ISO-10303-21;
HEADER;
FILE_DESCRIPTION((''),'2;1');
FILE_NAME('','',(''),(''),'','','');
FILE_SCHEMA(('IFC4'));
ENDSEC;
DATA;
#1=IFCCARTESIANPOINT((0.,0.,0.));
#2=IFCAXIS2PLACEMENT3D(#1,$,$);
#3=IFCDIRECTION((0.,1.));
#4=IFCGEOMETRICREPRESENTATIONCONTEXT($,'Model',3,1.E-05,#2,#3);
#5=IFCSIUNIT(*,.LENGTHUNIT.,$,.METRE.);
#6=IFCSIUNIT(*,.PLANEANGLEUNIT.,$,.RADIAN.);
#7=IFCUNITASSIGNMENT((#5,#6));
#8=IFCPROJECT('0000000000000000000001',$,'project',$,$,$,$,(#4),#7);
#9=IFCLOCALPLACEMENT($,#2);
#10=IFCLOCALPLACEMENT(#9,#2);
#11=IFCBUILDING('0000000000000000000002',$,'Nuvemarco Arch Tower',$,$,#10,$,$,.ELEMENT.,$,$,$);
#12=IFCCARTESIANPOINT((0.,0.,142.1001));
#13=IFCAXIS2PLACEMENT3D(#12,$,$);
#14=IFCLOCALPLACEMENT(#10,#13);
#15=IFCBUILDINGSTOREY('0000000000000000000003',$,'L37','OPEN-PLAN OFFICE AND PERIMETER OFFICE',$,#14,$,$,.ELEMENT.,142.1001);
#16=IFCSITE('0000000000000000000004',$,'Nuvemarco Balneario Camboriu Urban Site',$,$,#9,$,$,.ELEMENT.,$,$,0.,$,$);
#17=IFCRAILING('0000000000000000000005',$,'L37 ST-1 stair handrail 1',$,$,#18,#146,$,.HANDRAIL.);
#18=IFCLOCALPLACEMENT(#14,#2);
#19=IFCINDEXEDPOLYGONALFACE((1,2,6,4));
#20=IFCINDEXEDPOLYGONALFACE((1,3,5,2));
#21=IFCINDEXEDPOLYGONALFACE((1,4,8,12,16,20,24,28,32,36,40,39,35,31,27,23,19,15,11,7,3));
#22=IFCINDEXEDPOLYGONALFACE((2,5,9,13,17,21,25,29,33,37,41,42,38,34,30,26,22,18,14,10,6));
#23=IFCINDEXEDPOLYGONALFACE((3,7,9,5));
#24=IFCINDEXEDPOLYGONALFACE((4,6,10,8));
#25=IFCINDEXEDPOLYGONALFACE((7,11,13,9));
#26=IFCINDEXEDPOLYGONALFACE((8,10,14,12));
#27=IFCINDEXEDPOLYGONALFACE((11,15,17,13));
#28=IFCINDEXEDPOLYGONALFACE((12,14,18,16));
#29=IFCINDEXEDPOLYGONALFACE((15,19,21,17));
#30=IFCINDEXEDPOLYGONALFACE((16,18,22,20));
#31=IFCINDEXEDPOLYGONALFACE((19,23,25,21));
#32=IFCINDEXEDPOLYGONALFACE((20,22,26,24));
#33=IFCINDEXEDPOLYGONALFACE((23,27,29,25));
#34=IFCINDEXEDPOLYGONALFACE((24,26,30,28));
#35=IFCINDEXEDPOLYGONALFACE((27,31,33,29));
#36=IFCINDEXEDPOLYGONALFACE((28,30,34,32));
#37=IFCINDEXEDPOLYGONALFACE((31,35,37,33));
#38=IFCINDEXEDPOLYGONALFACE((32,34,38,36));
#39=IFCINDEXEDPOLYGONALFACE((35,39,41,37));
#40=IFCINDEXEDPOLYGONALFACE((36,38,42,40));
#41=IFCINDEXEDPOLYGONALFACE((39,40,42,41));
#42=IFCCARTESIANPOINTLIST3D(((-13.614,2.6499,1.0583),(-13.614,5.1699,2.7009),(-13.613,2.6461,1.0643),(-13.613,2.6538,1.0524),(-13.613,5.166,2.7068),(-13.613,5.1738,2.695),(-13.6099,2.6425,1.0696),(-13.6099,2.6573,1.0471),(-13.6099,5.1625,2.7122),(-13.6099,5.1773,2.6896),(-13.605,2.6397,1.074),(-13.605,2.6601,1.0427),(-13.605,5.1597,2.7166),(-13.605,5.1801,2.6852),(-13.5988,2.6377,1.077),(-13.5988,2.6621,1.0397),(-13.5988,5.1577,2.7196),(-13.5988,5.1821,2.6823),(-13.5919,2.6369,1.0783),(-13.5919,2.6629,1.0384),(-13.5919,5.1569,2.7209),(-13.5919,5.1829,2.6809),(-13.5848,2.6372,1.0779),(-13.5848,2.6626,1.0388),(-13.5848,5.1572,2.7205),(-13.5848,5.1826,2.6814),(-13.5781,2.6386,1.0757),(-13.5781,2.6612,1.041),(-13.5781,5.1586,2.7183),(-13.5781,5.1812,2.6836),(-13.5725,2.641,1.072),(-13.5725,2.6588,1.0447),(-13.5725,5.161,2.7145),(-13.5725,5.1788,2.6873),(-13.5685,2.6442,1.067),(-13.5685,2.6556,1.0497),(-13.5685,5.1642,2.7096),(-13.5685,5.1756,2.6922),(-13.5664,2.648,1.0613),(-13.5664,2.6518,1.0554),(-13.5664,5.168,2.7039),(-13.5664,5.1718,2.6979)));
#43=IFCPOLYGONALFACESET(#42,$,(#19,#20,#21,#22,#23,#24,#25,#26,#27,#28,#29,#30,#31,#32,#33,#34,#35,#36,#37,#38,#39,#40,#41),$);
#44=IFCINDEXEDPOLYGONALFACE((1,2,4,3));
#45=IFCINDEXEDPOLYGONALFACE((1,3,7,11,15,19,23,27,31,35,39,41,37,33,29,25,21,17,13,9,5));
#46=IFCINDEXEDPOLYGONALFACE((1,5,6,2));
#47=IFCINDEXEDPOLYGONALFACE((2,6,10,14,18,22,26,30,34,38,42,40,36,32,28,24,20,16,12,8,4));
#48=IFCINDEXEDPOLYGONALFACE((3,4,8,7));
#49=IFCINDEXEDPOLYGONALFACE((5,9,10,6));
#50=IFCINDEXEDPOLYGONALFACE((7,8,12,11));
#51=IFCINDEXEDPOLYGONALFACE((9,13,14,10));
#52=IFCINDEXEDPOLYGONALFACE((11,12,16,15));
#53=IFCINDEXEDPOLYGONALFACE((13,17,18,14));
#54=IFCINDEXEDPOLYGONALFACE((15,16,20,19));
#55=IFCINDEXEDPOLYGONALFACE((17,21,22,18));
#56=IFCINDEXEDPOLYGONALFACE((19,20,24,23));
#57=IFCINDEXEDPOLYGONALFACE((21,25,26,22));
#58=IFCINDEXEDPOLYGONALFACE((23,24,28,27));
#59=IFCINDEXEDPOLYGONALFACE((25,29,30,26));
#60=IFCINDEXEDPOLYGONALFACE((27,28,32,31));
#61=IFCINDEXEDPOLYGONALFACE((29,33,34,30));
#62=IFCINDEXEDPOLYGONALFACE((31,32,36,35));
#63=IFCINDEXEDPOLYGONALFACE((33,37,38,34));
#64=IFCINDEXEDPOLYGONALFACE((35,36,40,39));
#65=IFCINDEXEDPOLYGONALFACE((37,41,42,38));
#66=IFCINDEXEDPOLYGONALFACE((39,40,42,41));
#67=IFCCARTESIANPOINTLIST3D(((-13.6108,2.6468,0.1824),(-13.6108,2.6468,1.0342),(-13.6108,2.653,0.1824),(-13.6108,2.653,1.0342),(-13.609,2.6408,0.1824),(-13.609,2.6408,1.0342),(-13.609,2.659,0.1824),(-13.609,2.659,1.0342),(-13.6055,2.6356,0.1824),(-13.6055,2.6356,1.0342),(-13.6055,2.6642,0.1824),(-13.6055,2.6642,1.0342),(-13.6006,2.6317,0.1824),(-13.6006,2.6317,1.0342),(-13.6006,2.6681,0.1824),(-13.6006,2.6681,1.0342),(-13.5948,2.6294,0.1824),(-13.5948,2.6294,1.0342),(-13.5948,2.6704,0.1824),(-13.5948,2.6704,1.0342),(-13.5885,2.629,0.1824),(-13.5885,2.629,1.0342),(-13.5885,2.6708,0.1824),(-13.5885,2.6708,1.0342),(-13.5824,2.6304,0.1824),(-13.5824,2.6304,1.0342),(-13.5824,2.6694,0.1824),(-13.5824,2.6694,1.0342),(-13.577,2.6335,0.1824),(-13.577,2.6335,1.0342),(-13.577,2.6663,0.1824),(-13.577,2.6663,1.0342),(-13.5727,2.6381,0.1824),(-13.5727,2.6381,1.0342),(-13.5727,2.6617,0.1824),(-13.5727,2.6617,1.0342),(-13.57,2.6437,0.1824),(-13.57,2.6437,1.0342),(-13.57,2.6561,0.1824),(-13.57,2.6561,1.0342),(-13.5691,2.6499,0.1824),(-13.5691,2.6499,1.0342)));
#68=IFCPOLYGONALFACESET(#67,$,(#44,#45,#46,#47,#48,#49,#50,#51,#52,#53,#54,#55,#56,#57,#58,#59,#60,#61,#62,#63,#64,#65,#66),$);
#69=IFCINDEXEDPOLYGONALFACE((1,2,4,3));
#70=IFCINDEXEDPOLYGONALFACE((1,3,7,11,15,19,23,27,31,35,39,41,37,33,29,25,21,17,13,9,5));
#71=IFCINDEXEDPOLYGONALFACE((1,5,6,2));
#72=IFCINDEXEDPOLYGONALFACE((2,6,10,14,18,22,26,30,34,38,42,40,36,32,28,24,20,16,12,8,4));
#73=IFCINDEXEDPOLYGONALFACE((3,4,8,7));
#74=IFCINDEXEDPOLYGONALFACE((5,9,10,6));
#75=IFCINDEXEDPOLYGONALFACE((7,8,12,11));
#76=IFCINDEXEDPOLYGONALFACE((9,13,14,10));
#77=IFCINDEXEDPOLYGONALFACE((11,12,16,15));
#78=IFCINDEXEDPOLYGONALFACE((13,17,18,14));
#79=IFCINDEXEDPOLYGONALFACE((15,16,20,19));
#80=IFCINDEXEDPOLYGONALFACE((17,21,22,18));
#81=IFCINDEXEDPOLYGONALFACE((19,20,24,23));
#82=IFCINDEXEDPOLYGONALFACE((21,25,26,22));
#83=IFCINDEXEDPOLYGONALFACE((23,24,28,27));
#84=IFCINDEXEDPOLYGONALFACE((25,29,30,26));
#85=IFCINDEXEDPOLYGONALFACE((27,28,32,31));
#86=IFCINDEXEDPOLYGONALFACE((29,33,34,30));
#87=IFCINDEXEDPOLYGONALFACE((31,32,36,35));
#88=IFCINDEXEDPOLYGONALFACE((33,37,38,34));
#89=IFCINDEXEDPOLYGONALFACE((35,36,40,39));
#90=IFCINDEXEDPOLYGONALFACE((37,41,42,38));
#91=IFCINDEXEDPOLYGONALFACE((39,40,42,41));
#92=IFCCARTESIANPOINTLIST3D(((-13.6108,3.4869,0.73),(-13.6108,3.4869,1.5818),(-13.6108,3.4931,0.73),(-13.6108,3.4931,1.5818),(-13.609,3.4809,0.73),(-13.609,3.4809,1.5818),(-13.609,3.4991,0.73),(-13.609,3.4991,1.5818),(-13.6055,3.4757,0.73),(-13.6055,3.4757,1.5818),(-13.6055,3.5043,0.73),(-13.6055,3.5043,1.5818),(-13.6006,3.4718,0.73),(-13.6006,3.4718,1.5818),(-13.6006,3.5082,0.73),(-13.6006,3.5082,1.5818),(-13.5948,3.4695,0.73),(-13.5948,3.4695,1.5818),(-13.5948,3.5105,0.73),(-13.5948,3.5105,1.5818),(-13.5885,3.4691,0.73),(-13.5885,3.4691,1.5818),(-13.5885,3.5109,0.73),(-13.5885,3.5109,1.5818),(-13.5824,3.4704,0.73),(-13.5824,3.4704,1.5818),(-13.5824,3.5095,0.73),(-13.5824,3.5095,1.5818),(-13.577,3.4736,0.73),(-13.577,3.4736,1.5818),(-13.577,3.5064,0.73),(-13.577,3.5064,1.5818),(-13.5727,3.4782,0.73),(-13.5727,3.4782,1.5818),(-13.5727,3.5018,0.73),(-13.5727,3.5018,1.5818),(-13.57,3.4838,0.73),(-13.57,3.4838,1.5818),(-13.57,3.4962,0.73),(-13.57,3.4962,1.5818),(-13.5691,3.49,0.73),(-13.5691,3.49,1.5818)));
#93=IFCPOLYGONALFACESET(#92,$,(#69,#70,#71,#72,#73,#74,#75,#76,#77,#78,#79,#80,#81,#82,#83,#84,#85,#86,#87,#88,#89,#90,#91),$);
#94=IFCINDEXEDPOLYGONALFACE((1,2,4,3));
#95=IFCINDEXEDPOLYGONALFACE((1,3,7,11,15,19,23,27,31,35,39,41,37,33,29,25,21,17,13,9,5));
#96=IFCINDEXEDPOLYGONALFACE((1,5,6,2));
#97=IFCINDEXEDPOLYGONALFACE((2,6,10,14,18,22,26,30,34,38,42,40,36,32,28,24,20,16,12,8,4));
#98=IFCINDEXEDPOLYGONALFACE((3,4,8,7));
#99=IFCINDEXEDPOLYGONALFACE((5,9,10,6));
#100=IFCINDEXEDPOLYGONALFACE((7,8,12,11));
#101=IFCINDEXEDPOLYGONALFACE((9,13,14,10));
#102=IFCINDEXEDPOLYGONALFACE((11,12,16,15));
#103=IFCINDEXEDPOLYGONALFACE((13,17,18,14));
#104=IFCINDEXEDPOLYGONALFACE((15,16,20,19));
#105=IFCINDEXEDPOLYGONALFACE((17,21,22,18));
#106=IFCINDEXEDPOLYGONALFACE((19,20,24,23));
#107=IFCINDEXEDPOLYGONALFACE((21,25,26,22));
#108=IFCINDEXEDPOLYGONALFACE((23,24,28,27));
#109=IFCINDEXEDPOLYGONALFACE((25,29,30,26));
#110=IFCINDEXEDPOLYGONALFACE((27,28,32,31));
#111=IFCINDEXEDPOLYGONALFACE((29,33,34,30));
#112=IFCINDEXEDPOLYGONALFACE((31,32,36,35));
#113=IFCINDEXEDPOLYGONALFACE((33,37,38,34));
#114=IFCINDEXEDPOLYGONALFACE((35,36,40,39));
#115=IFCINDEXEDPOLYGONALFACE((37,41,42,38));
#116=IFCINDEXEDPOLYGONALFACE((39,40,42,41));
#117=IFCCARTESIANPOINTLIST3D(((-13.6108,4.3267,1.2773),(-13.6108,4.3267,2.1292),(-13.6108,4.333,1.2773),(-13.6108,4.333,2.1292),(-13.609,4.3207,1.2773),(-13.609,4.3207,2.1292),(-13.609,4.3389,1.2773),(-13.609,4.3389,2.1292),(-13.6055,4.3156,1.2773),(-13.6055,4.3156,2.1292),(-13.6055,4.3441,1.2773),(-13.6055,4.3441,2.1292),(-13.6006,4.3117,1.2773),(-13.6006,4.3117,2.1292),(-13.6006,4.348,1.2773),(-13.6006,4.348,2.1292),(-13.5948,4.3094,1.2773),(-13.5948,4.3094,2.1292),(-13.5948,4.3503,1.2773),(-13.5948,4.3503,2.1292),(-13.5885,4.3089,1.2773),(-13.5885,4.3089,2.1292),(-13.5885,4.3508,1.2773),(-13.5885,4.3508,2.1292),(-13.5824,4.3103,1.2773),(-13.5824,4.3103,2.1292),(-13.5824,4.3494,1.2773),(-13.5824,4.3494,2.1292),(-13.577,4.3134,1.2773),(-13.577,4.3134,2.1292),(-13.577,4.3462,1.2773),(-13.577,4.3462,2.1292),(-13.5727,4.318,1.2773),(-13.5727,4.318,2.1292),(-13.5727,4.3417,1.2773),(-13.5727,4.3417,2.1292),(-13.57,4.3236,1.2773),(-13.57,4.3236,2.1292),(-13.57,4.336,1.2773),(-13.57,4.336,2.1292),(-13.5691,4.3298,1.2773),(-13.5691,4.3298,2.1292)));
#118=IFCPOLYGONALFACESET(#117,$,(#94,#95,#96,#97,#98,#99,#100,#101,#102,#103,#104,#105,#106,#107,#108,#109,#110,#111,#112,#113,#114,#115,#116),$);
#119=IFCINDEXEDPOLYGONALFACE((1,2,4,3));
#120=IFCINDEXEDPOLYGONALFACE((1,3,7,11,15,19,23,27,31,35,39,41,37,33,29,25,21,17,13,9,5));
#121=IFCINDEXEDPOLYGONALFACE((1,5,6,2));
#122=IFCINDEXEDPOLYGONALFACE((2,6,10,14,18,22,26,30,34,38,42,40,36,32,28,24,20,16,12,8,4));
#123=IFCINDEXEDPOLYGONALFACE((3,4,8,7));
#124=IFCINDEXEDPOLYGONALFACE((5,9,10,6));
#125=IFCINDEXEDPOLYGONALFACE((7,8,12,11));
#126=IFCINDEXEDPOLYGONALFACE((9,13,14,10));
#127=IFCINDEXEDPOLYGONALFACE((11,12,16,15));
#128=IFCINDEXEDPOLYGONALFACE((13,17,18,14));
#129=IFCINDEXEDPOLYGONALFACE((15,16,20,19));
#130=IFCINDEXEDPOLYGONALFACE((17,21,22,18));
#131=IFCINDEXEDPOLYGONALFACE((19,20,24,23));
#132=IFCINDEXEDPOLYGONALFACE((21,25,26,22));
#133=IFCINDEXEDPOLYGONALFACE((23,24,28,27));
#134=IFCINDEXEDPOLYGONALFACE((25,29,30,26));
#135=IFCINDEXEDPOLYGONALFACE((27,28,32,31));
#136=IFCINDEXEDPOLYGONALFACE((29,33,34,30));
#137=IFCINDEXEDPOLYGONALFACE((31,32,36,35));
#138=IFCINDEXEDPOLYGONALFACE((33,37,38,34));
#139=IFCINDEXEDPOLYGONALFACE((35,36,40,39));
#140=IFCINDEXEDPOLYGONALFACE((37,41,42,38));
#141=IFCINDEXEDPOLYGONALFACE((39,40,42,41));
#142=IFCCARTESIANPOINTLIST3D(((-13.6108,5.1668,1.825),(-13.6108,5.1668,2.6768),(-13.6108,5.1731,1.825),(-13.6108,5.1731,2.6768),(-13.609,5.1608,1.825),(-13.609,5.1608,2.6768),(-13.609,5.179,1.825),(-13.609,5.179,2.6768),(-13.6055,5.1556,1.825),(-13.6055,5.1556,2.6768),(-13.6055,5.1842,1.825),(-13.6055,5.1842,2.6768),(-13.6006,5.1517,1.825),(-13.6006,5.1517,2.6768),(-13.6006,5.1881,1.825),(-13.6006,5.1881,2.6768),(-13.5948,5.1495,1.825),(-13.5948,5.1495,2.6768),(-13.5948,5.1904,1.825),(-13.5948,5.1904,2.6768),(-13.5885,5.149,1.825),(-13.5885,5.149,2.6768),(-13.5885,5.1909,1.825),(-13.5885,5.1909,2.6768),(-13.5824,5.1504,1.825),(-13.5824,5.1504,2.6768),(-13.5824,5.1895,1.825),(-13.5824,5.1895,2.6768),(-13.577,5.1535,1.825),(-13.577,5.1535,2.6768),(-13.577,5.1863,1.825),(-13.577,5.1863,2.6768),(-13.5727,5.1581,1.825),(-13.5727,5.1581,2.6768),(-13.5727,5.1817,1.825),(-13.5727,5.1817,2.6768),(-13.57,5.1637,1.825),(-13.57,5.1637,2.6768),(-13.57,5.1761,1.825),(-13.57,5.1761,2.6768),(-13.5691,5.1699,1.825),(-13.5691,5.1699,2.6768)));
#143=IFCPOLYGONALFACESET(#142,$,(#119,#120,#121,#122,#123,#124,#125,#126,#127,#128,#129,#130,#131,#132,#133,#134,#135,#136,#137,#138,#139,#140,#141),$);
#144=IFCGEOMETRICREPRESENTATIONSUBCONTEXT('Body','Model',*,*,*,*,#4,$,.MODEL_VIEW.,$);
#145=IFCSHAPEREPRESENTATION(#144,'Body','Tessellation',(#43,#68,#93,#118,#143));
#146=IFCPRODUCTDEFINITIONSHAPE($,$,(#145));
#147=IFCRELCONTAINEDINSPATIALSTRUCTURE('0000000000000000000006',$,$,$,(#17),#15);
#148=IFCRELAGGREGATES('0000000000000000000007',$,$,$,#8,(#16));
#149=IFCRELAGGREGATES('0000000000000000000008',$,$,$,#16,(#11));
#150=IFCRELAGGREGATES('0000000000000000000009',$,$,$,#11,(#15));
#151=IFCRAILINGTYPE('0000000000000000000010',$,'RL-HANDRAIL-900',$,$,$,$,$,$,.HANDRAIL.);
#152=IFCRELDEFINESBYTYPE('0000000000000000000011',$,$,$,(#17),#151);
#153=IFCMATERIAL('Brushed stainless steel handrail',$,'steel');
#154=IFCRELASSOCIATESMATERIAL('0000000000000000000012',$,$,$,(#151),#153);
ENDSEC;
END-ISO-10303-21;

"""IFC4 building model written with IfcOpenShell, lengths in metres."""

from ifc_helpers import new_model, si_unit, direction, frame, origin, origin_2d, place, context, subcontext, project, spatial, circle, extrude, material, type_object, element, save


model = new_model("IFC4")

# Units and contexts
model_context = context("Model", 3, precision=1e-05, world=origin(), true_north=direction((0.0, 1.0)))
body_context = subcontext(model_context, "Body", "Model", "MODEL_VIEW")
ifc_project = project(units=[si_unit("LENGTHUNIT", "METRE"), si_unit("PLANEANGLEUNIT", "RADIAN")], contexts=[model_context])

# Site, building, storey
site_placement = place(None, origin())
site = spatial("IfcSite", under=ifc_project, at=site_placement, Name="Nuvemarco Balneario Camboriu Urban Site", CompositionType="ELEMENT", RefElevation=0.0)
building_placement = place(site_placement, origin())
building = spatial("IfcBuilding", under=site, at=building_placement, Name="Nuvemarco Arch Tower", CompositionType="ELEMENT")
storey_placement = place(building_placement, frame((0.0, 0.0, 142.1001)))
storey = spatial("IfcBuildingStorey", under=building, at=storey_placement, Name="L37", Description="OPEN-PLAN OFFICE AND PERIMETER OFFICE", CompositionType="ELEMENT", Elevation=142.1001)

# Railing
ifc_material_1 = material(Name="Brushed stainless steel handrail", Category="steel")
railing_type_1 = type_object("IfcRailingType", Name="RL-HANDRAIL-900", PredefinedType="HANDRAIL", material=ifc_material_1)
railing_1_placement = place(storey_placement, frame((-13.5901, 2.6499, 0.1824)))
element("IfcRailing", 1, at=railing_1_placement, inside=storey, type_object=railing_type_1, Name="L37 ST-1 stair handrail 1", PredefinedType="HANDRAIL", context=body_context, shape_type="SweptSolid", body=[
    extrude(circle(Radius=0.0239, at=origin_2d()), frame((0.0, 0.0, 0.876), z_axis=(0.0, 0.837749, 0.546055), x_axis=(-1.0, 0.0, 0.0)), (0.0, 0.0, 1.0), 3.0081),
    extrude(circle(Radius=0.021, at=origin_2d()), origin(), (0.0, 0.0, 1.0), 0.8518),
    extrude(circle(Radius=0.021, at=origin_2d()), frame((0.0, 0.8401, 0.5476)), (0.0, 0.0, 1.0), 0.8518),
    extrude(circle(Radius=0.021, at=origin_2d()), frame((0.0, 1.6799, 1.095)), (0.0, 0.0, 1.0), 0.8518),
    extrude(circle(Radius=0.021, at=origin_2d()), frame((0.0, 2.52, 1.6426)), (0.0, 0.0, 1.0), 0.8518),
])

save(model, "model.ifc")
